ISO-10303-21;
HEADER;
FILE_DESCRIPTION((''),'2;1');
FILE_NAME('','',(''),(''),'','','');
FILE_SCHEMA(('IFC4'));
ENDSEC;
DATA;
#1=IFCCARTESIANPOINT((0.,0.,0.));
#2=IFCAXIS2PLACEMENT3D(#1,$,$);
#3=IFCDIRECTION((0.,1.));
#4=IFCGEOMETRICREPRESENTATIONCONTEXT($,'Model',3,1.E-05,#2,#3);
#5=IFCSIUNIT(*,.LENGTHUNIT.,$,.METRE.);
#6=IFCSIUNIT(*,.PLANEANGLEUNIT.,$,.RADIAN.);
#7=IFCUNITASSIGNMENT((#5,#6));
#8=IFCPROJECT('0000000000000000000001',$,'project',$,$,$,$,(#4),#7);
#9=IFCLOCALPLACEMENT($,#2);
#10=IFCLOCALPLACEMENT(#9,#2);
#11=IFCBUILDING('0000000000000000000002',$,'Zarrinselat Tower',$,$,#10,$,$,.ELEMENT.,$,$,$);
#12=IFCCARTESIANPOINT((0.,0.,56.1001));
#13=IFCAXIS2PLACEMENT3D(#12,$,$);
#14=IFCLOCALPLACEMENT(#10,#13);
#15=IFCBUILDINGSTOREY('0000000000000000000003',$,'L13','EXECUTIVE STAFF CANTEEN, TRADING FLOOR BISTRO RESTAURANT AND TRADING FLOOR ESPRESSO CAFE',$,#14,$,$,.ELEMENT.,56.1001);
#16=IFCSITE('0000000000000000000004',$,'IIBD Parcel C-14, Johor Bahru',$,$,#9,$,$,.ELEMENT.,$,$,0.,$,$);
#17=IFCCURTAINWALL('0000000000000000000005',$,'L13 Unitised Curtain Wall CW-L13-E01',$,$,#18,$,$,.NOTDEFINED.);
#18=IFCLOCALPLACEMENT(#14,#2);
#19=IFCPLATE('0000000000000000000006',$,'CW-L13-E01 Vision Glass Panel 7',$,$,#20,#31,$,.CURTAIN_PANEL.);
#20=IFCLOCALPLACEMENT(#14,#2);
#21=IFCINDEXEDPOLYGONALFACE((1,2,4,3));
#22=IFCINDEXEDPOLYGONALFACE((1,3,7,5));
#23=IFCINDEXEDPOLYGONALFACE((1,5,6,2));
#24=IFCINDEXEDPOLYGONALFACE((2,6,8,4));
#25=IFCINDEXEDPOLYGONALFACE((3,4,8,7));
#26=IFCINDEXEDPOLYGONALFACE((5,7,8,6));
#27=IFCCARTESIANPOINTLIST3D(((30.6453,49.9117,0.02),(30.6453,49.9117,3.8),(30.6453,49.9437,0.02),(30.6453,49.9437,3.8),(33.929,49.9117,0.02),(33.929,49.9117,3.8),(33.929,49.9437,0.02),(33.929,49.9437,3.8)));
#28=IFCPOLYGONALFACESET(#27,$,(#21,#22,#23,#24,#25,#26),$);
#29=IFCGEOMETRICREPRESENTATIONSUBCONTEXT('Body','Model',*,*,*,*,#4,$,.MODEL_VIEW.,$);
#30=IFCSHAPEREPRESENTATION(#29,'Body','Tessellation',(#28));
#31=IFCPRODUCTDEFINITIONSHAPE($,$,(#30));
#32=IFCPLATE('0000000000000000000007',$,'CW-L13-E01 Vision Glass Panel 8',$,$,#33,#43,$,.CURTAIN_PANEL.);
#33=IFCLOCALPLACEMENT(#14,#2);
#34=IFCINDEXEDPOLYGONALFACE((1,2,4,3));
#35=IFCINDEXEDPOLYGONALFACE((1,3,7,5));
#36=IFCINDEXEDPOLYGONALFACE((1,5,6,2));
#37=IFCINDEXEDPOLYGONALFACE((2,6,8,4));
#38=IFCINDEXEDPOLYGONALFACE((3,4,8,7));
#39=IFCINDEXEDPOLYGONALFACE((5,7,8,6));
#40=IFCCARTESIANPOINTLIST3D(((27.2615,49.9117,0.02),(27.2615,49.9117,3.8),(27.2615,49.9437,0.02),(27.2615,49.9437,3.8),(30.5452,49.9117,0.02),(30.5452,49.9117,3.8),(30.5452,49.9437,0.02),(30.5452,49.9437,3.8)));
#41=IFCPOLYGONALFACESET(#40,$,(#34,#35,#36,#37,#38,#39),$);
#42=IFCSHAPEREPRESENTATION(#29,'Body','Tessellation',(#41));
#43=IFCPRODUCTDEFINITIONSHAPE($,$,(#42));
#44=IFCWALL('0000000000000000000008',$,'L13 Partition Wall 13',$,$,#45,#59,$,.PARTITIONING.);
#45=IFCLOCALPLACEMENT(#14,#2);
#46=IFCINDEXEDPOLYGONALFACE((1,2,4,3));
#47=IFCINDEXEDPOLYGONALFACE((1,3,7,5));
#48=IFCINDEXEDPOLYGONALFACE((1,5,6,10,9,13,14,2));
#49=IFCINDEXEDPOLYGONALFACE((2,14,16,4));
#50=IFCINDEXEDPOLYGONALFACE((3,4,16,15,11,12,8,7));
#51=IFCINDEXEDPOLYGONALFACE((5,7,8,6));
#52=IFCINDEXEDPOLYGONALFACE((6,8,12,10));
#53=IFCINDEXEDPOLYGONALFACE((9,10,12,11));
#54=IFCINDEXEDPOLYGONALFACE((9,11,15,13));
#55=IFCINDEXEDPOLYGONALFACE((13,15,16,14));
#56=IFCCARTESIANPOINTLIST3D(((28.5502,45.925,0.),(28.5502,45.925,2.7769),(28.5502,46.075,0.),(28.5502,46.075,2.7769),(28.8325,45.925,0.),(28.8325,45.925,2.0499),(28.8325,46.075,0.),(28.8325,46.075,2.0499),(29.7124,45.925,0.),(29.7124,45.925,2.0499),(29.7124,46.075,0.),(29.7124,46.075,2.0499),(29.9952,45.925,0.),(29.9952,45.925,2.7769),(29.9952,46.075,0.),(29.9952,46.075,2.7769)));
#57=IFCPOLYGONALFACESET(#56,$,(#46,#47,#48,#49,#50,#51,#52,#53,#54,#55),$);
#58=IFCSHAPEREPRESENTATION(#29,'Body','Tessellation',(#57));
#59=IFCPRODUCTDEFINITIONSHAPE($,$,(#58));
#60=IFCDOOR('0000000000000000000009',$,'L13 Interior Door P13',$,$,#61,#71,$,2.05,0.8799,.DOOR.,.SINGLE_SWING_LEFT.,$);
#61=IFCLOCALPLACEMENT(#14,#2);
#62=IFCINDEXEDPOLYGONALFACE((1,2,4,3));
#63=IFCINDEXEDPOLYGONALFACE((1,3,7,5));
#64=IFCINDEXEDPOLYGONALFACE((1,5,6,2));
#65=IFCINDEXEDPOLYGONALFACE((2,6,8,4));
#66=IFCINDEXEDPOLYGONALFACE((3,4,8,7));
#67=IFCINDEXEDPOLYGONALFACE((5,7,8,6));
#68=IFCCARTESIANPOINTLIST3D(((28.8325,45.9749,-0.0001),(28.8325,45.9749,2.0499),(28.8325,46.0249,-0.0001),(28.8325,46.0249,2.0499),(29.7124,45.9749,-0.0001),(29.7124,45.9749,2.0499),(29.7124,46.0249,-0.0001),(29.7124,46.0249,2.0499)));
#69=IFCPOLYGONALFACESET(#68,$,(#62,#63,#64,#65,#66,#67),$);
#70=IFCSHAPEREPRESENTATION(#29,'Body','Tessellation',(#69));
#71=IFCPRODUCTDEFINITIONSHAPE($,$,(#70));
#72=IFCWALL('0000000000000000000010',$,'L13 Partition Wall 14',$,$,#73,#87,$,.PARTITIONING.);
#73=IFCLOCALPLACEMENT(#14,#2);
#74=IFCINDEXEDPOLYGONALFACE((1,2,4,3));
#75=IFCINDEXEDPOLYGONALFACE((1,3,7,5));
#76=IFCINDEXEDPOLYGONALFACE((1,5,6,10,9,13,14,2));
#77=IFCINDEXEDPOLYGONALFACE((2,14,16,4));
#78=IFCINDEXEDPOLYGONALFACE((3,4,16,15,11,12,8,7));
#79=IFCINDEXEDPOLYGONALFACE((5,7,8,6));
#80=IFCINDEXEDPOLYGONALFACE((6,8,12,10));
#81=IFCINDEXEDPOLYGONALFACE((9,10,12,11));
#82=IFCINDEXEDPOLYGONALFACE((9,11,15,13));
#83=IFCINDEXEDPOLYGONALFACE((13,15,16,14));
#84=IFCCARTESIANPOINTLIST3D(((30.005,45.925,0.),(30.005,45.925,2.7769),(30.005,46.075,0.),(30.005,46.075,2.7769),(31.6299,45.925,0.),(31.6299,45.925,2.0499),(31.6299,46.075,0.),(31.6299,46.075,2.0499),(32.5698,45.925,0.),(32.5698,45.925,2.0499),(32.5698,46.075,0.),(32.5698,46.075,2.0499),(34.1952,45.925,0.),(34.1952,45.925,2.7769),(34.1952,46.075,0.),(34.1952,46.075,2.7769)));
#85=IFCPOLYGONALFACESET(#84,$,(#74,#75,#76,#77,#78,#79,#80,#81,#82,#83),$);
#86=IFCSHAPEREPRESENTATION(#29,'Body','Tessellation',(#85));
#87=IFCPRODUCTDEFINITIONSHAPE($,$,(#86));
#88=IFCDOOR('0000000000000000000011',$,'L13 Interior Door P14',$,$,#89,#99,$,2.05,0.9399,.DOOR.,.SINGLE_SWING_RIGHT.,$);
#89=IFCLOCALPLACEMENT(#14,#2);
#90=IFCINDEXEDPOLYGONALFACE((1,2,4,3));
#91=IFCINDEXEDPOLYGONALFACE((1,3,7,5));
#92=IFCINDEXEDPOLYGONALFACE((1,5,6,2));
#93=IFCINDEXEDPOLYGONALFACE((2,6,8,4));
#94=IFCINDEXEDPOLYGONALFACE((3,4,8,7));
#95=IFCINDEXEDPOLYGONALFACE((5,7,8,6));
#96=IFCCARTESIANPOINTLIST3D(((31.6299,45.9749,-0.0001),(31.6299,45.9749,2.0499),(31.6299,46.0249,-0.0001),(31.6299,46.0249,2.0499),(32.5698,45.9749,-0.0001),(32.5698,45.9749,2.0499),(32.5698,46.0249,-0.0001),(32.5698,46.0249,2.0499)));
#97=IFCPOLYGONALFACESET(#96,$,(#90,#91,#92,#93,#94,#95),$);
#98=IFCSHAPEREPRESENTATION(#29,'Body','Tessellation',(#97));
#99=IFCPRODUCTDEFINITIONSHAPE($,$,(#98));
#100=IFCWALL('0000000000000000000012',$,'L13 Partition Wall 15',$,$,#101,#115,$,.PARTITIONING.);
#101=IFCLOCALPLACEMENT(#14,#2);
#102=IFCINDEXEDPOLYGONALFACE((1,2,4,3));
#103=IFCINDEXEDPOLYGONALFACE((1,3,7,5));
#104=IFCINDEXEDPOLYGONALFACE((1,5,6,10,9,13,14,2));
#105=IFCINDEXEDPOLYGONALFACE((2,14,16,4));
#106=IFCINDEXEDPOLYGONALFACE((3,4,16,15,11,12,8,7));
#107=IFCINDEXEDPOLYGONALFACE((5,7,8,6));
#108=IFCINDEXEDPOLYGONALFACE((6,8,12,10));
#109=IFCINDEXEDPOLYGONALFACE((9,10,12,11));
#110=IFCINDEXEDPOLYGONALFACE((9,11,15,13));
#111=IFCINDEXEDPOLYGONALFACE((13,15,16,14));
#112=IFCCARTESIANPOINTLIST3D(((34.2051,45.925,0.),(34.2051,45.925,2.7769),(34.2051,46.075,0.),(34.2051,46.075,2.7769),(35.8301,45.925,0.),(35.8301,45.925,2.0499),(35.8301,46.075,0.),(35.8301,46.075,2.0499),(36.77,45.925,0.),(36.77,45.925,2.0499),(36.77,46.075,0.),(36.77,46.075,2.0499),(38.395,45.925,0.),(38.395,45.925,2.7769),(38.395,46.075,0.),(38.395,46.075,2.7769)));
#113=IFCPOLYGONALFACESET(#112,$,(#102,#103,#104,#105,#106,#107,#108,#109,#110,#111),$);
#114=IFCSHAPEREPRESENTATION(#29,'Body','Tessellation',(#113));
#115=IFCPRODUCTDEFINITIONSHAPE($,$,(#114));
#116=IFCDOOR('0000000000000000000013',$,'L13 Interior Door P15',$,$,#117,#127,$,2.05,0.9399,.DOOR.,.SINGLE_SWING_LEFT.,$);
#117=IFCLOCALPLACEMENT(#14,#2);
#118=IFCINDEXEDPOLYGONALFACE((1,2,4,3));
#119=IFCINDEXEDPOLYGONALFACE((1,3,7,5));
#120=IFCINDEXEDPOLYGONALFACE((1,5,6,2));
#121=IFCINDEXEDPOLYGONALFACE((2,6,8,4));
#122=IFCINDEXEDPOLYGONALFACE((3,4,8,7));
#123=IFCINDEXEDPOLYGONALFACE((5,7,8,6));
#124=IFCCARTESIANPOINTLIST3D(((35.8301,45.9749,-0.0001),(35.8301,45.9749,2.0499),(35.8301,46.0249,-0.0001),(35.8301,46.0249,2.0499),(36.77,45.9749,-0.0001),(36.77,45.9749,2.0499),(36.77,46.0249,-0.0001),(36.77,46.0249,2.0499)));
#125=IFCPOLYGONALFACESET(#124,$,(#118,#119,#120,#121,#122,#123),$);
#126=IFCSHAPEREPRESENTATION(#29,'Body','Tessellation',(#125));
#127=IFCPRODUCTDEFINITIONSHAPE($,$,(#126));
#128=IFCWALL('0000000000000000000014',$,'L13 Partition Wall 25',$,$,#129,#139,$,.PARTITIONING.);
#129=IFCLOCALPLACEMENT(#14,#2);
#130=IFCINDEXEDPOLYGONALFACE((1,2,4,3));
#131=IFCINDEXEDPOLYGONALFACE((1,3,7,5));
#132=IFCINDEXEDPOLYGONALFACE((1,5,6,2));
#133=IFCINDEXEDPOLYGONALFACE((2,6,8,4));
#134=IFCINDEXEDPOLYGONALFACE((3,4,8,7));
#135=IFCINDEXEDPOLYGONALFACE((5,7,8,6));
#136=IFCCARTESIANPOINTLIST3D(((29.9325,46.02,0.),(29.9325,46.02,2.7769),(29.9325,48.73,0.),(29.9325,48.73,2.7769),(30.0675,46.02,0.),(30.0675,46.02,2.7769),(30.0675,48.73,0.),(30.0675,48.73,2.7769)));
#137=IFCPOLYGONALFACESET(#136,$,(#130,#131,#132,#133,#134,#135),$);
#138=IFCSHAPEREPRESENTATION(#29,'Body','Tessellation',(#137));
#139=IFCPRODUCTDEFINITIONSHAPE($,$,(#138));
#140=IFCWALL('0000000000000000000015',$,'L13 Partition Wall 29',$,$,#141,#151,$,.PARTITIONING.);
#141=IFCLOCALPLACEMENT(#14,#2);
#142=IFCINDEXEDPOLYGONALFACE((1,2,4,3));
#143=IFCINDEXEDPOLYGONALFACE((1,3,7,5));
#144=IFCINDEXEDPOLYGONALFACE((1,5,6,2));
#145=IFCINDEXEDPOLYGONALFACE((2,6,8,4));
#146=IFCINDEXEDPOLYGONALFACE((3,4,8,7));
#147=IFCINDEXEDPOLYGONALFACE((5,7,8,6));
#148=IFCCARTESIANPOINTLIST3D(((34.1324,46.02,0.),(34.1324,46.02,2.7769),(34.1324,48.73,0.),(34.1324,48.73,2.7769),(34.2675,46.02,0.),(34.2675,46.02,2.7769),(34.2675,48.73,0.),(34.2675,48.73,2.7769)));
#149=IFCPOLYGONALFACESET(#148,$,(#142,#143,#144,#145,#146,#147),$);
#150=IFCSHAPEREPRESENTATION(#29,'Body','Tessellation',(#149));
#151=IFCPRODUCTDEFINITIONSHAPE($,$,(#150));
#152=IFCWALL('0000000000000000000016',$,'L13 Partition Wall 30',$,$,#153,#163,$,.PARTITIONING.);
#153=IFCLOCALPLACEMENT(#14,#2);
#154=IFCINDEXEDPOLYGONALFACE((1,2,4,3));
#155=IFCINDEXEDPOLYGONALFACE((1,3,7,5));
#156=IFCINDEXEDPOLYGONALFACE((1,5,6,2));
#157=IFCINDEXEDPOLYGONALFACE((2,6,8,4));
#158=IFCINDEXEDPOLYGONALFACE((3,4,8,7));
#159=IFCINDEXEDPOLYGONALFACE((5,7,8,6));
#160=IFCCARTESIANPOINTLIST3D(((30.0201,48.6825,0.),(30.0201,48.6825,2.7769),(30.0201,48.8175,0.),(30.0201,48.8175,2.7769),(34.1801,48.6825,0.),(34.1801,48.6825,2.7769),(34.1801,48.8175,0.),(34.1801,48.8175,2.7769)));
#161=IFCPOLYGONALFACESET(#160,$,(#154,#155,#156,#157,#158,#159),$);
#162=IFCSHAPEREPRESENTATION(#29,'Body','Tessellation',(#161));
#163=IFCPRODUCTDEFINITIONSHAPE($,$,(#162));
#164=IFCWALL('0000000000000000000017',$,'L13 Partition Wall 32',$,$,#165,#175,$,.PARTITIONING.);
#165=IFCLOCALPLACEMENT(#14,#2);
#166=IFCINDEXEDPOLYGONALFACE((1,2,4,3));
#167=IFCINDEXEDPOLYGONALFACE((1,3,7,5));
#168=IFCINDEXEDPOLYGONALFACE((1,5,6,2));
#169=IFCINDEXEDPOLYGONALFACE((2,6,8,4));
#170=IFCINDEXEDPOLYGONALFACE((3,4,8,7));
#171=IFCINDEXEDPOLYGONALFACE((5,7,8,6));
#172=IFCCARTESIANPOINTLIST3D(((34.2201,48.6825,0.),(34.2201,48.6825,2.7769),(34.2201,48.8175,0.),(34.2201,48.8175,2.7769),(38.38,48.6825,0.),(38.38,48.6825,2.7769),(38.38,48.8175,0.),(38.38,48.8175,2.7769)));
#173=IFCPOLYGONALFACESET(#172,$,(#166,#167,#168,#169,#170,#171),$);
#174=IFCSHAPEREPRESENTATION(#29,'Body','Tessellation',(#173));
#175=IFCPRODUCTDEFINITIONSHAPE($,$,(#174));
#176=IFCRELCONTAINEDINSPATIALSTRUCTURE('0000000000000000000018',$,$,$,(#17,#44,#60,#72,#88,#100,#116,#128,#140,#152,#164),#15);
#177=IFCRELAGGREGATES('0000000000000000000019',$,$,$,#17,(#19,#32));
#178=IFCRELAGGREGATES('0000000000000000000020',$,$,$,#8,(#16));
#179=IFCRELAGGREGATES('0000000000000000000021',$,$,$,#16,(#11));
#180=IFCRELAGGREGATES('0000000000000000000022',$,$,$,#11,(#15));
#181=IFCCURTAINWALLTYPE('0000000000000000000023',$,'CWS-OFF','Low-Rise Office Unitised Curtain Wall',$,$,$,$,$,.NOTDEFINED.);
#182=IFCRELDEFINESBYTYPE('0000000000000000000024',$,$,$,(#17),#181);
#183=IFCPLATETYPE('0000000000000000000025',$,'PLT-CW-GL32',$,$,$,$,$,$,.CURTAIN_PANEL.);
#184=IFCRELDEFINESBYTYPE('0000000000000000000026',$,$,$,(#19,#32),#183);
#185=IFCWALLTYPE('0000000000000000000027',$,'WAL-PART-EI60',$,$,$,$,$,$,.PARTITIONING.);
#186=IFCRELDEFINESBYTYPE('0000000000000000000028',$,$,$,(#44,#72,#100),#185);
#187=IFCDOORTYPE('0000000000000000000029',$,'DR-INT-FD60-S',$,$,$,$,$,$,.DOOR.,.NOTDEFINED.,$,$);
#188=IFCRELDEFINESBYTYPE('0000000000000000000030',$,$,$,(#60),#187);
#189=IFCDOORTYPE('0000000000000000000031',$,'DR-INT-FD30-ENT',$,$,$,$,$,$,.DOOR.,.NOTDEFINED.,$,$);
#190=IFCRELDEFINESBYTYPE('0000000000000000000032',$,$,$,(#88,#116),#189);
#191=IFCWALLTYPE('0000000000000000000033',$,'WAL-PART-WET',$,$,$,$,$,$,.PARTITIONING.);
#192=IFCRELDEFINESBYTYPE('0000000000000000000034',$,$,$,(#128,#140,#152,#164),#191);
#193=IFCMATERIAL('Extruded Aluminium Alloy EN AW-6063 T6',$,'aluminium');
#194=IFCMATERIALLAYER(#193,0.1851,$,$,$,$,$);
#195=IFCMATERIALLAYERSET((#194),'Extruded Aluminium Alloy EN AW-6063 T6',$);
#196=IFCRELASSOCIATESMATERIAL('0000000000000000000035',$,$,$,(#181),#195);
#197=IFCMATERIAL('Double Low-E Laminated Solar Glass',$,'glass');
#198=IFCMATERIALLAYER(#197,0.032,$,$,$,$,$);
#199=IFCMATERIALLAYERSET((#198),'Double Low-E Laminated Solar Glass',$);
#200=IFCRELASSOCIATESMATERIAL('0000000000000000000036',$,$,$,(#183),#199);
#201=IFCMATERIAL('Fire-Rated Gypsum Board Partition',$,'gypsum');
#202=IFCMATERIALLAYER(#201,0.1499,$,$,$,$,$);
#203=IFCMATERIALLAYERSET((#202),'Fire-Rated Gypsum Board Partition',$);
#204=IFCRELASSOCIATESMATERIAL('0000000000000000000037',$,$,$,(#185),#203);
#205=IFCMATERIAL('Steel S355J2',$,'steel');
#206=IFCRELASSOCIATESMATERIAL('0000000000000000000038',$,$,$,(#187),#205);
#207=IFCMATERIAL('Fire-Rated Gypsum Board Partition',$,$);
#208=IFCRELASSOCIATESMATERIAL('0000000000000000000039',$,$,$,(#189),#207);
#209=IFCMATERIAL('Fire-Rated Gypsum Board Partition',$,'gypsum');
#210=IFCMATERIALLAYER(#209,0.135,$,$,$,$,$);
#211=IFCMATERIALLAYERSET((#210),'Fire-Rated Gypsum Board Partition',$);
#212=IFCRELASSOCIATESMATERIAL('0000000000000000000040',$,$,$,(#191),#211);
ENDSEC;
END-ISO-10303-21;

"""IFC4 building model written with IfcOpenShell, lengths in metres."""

from ifc_helpers import new_model, si_unit, direction, frame, frame_2d, origin, origin_2d, place, context, subcontext, project, spatial, rectangle, extrude, material, layer, layer_set, type_object, element, fill, aggregate, save


model = new_model("IFC4")

# Units and contexts
model_context = context("Model", 3, precision=1e-05, world=origin(), true_north=direction((0.0, 1.0)))
body_context = subcontext(model_context, "Body", "Model", "MODEL_VIEW")
ifc_project = project(units=[si_unit("LENGTHUNIT", "METRE"), si_unit("PLANEANGLEUNIT", "RADIAN")], contexts=[model_context])

# Site, building, storey
site_placement = place(None, origin())
site = spatial("IfcSite", under=ifc_project, at=site_placement, Name="IIBD Parcel C-14, Johor Bahru", CompositionType="ELEMENT", RefElevation=0.0)
building_placement = place(site_placement, origin())
building = spatial("IfcBuilding", under=site, at=building_placement, Name="Zarrinselat Tower", CompositionType="ELEMENT")
storey_placement = place(building_placement, frame((0.0, 0.0, 56.1001)))
storey = spatial("IfcBuildingStorey", under=building, at=storey_placement, Name="L13", Description="EXECUTIVE STAFF CANTEEN, TRADING FLOOR BISTRO RESTAURANT AND TRADING FLOOR ESPRESSO CAFE", CompositionType="ELEMENT", Elevation=56.1001)

# Curtain wall, plates
ifc_material_1 = material(Name="Extruded Aluminium Alloy EN AW-6063 T6", Category="aluminium")
ifc_layer_1 = layer(ifc_material_1, 0.1851)
ifc_layer_set_1 = layer_set([ifc_layer_1], Name="Extruded Aluminium Alloy EN AW-6063 T6")
curtain_wall_type = type_object("IfcCurtainWallType", Name="CWS-OFF", Description="Low-Rise Office Unitised Curtain Wall", PredefinedType="NOTDEFINED", material=ifc_layer_set_1)
curtain_wall_placement = place(storey_placement, origin())
curtain_wall = element("IfcCurtainWall", 1, at=curtain_wall_placement, inside=storey, type_object=curtain_wall_type, Name="L13 Unitised Curtain Wall CW-L13-E01", PredefinedType="NOTDEFINED")
ifc_material_2 = material(Name="Double Low-E Laminated Solar Glass", Category="glass")
ifc_layer_2 = layer(ifc_material_2, 0.032)
ifc_layer_set_2 = layer_set([ifc_layer_2], Name="Double Low-E Laminated Solar Glass")
plate_type = type_object("IfcPlateType", Name="PLT-CW-GL32", PredefinedType="CURTAIN_PANEL", material=ifc_layer_set_2)
plate_1_placement = place(storey_placement, frame((32.2871, 49.9277, 0.02), z_axis=(0.0, 0.0, 1.0), x_axis=(-1.0, 0.0, 0.0)))
plate_1 = element("IfcPlate", 2, at=plate_1_placement, type_object=plate_type, Name="CW-L13-E01 Vision Glass Panel 7", PredefinedType="CURTAIN_PANEL", context=body_context, shape_type="SweptSolid", body=[
    extrude(rectangle(XDim=3.2837, YDim=0.032, at=origin_2d()), origin(), (0.0, 0.0, 1.0), 3.78),
])
plate_2_placement = place(storey_placement, frame((28.9033, 49.9277, 0.02), z_axis=(0.0, 0.0, 1.0), x_axis=(-1.0, 0.0, 0.0)))
plate_2 = element("IfcPlate", 3, at=plate_2_placement, type_object=plate_type, Name="CW-L13-E01 Vision Glass Panel 8", PredefinedType="CURTAIN_PANEL", context=body_context, shape_type="SweptSolid", body=[
    extrude(rectangle(XDim=3.2837, YDim=0.032, at=origin_2d()), origin(), (0.0, 0.0, 1.0), 3.78),
])
aggregate(curtain_wall, [plate_1, plate_2])

# Walls, openings, doors
ifc_material_3 = material(Name="Fire-Rated Gypsum Board Partition", Category="gypsum")
ifc_layer_3 = layer(ifc_material_3, 0.1499)
ifc_layer_set_3 = layer_set([ifc_layer_3], Name="Fire-Rated Gypsum Board Partition")
wall_type_1 = type_object("IfcWallType", Name="WAL-PART-EI60", PredefinedType="PARTITIONING", material=ifc_layer_set_3)
wall_1_placement = place(storey_placement, frame((28.55, 46.0, 0.0), z_axis=(0.0, 0.0, 1.0), x_axis=(1.0, 0.0, 0.0)))
wall_1 = element("IfcWall", 4, at=wall_1_placement, inside=storey, type_object=wall_type_1, Name="L13 Partition Wall 13", PredefinedType="PARTITIONING", context=body_context, shape_type="SweptSolid", body=[
    extrude(rectangle(XDim=1.4451, YDim=0.1499, at=frame_2d((0.7227, 0.0))), origin(), (0.0, 0.0, 1.0), 2.7769),
])
opening_1_placement = place(wall_1_placement, frame((0.2825, 0.0, 0.0)))
opening_1 = element("IfcOpeningElement", 5, at=opening_1_placement, cuts=wall_1, PredefinedType="OPENING", context=body_context, shape_type="SweptSolid", body=[
    extrude(rectangle(XDim=0.8799, YDim=2.05, at=frame_2d((0.4399, 1.0249))), frame((0.0, 0.085, 0.0), z_axis=(0.0, -1.0, 0.0), x_axis=(1.0, 0.0, 0.0)), (0.0, 0.0, 1.0), 0.1699),
])
ifc_material_4 = material(Name="Steel S355J2", Category="steel")
door_type_1 = type_object("IfcDoorType", Name="DR-INT-FD60-S", OperationType="NOTDEFINED", PredefinedType="DOOR", material=ifc_material_4)
door_1_placement = place(opening_1_placement, origin())
door_1 = element("IfcDoor", 6, at=door_1_placement, inside=storey, type_object=door_type_1, Name="L13 Interior Door P13", OperationType="SINGLE_SWING_LEFT", OverallHeight=2.05, OverallWidth=0.8799, PredefinedType="DOOR", context=body_context, shape_type="SweptSolid", body=[
    extrude(rectangle(XDim=0.8799, YDim=2.05, at=frame_2d((0.4399, 1.0249))), frame((0.0, 0.0249, 0.0), z_axis=(0.0, -1.0, 0.0), x_axis=(1.0, 0.0, 0.0)), (0.0, 0.0, 1.0), 0.05),
])
fill(opening_1, door_1)
wall_2_placement = place(storey_placement, frame((30.0049, 46.0, 0.0), z_axis=(0.0, 0.0, 1.0), x_axis=(1.0, 0.0, 0.0)))
wall_2 = element("IfcWall", 7, at=wall_2_placement, inside=storey, type_object=wall_type_1, Name="L13 Partition Wall 14", PredefinedType="PARTITIONING", context=body_context, shape_type="SweptSolid", body=[
    extrude(rectangle(XDim=4.1902, YDim=0.1499, at=frame_2d((2.0952, 0.0))), origin(), (0.0, 0.0, 1.0), 2.7769),
])
opening_2_placement = place(wall_2_placement, frame((1.625, 0.0, 0.0)))
opening_2 = element("IfcOpeningElement", 8, at=opening_2_placement, cuts=wall_2, PredefinedType="OPENING", context=body_context, shape_type="SweptSolid", body=[
    extrude(rectangle(XDim=0.9399, YDim=2.05, at=frame_2d((0.47, 1.0249))), frame((0.0, 0.085, 0.0), z_axis=(0.0, -1.0, 0.0), x_axis=(1.0, 0.0, 0.0)), (0.0, 0.0, 1.0), 0.1699),
])
ifc_material_5 = material(Name="Fire-Rated Gypsum Board Partition")
door_type_2 = type_object("IfcDoorType", Name="DR-INT-FD30-ENT", OperationType="NOTDEFINED", PredefinedType="DOOR", material=ifc_material_5)
door_2_placement = place(opening_2_placement, origin())
door_2 = element("IfcDoor", 9, at=door_2_placement, inside=storey, type_object=door_type_2, Name="L13 Interior Door P14", OperationType="SINGLE_SWING_RIGHT", OverallHeight=2.05, OverallWidth=0.9399, PredefinedType="DOOR", context=body_context, shape_type="SweptSolid", body=[
    extrude(rectangle(XDim=0.9399, YDim=2.05, at=frame_2d((0.47, 1.0249))), frame((0.0, 0.0249, 0.0), z_axis=(0.0, -1.0, 0.0), x_axis=(1.0, 0.0, 0.0)), (0.0, 0.0, 1.0), 0.05),
])
fill(opening_2, door_2)
wall_3_placement = place(storey_placement, frame((34.2051, 46.0, 0.0), z_axis=(0.0, 0.0, 1.0), x_axis=(1.0, 0.0, 0.0)))
wall_3 = element("IfcWall", 10, at=wall_3_placement, inside=storey, type_object=wall_type_1, Name="L13 Partition Wall 15", PredefinedType="PARTITIONING", context=body_context, shape_type="SweptSolid", body=[
    extrude(rectangle(XDim=4.1899, YDim=0.1499, at=frame_2d((2.095, 0.0))), origin(), (0.0, 0.0, 1.0), 2.7769),
])
opening_3_placement = place(wall_3_placement, frame((1.625, 0.0, 0.0)))
opening_3 = element("IfcOpeningElement", 11, at=opening_3_placement, cuts=wall_3, PredefinedType="OPENING", context=body_context, shape_type="SweptSolid", body=[
    extrude(rectangle(XDim=0.9399, YDim=2.05, at=frame_2d((0.47, 1.0249))), frame((0.0, 0.085, 0.0), z_axis=(0.0, -1.0, 0.0), x_axis=(1.0, 0.0, 0.0)), (0.0, 0.0, 1.0), 0.1699),
])
door_3_placement = place(opening_3_placement, origin())
door_3 = element("IfcDoor", 12, at=door_3_placement, inside=storey, type_object=door_type_2, Name="L13 Interior Door P15", OperationType="SINGLE_SWING_LEFT", OverallHeight=2.05, OverallWidth=0.9399, PredefinedType="DOOR", context=body_context, shape_type="SweptSolid", body=[
    extrude(rectangle(XDim=0.9399, YDim=2.05, at=frame_2d((0.47, 1.0249))), frame((0.0, 0.0249, 0.0), z_axis=(0.0, -1.0, 0.0), x_axis=(1.0, 0.0, 0.0)), (0.0, 0.0, 1.0), 0.05),
])
fill(opening_3, door_3)

# Walls
ifc_material_6 = material(Name="Fire-Rated Gypsum Board Partition", Category="gypsum")
ifc_layer_4 = layer(ifc_material_6, 0.135)
ifc_layer_set_4 = layer_set([ifc_layer_4], Name="Fire-Rated Gypsum Board Partition")
wall_type_2 = type_object("IfcWallType", Name="WAL-PART-WET", PredefinedType="PARTITIONING", material=ifc_layer_set_4)
for number, where, z_axis, x_axis, name in (
    (13, (30.0, 46.02, 0.0), (0.0, 0.0, 1.0), (0.0, 1.0, 0.0), "L13 Partition Wall 25"),
    (14, (34.2, 46.02, 0.0), (0.0, 0.0, 1.0), (0.0, 1.0, 0.0), "L13 Partition Wall 29"),
):
    element("IfcWall", number, at=place(storey_placement, frame(where, z_axis=z_axis, x_axis=x_axis)), inside=storey, type_object=wall_type_2, Name=name, PredefinedType="PARTITIONING", context=body_context, shape_type="SweptSolid", body=[
        extrude(rectangle(XDim=2.71, YDim=0.135, at=frame_2d((1.355, 0.0))), origin(), (0.0, 0.0, 1.0), 2.7769),
    ])
for number, where, z_axis, x_axis, name in (
    (15, (30.02, 48.75, 0.0), (0.0, 0.0, 1.0), (1.0, 0.0, 0.0), "L13 Partition Wall 30"),
    (16, (34.22, 48.75, 0.0), (0.0, 0.0, 1.0), (1.0, 0.0, 0.0), "L13 Partition Wall 32"),
):
    element("IfcWall", number, at=place(storey_placement, frame(where, z_axis=z_axis, x_axis=x_axis)), inside=storey, type_object=wall_type_2, Name=name, PredefinedType="PARTITIONING", context=body_context, shape_type="SweptSolid", body=[
        extrude(rectangle(XDim=4.1599, YDim=0.135, at=frame_2d((2.0801, 0.0))), origin(), (0.0, 0.0, 1.0), 2.7769),
    ])

save(model, "model.ifc")
